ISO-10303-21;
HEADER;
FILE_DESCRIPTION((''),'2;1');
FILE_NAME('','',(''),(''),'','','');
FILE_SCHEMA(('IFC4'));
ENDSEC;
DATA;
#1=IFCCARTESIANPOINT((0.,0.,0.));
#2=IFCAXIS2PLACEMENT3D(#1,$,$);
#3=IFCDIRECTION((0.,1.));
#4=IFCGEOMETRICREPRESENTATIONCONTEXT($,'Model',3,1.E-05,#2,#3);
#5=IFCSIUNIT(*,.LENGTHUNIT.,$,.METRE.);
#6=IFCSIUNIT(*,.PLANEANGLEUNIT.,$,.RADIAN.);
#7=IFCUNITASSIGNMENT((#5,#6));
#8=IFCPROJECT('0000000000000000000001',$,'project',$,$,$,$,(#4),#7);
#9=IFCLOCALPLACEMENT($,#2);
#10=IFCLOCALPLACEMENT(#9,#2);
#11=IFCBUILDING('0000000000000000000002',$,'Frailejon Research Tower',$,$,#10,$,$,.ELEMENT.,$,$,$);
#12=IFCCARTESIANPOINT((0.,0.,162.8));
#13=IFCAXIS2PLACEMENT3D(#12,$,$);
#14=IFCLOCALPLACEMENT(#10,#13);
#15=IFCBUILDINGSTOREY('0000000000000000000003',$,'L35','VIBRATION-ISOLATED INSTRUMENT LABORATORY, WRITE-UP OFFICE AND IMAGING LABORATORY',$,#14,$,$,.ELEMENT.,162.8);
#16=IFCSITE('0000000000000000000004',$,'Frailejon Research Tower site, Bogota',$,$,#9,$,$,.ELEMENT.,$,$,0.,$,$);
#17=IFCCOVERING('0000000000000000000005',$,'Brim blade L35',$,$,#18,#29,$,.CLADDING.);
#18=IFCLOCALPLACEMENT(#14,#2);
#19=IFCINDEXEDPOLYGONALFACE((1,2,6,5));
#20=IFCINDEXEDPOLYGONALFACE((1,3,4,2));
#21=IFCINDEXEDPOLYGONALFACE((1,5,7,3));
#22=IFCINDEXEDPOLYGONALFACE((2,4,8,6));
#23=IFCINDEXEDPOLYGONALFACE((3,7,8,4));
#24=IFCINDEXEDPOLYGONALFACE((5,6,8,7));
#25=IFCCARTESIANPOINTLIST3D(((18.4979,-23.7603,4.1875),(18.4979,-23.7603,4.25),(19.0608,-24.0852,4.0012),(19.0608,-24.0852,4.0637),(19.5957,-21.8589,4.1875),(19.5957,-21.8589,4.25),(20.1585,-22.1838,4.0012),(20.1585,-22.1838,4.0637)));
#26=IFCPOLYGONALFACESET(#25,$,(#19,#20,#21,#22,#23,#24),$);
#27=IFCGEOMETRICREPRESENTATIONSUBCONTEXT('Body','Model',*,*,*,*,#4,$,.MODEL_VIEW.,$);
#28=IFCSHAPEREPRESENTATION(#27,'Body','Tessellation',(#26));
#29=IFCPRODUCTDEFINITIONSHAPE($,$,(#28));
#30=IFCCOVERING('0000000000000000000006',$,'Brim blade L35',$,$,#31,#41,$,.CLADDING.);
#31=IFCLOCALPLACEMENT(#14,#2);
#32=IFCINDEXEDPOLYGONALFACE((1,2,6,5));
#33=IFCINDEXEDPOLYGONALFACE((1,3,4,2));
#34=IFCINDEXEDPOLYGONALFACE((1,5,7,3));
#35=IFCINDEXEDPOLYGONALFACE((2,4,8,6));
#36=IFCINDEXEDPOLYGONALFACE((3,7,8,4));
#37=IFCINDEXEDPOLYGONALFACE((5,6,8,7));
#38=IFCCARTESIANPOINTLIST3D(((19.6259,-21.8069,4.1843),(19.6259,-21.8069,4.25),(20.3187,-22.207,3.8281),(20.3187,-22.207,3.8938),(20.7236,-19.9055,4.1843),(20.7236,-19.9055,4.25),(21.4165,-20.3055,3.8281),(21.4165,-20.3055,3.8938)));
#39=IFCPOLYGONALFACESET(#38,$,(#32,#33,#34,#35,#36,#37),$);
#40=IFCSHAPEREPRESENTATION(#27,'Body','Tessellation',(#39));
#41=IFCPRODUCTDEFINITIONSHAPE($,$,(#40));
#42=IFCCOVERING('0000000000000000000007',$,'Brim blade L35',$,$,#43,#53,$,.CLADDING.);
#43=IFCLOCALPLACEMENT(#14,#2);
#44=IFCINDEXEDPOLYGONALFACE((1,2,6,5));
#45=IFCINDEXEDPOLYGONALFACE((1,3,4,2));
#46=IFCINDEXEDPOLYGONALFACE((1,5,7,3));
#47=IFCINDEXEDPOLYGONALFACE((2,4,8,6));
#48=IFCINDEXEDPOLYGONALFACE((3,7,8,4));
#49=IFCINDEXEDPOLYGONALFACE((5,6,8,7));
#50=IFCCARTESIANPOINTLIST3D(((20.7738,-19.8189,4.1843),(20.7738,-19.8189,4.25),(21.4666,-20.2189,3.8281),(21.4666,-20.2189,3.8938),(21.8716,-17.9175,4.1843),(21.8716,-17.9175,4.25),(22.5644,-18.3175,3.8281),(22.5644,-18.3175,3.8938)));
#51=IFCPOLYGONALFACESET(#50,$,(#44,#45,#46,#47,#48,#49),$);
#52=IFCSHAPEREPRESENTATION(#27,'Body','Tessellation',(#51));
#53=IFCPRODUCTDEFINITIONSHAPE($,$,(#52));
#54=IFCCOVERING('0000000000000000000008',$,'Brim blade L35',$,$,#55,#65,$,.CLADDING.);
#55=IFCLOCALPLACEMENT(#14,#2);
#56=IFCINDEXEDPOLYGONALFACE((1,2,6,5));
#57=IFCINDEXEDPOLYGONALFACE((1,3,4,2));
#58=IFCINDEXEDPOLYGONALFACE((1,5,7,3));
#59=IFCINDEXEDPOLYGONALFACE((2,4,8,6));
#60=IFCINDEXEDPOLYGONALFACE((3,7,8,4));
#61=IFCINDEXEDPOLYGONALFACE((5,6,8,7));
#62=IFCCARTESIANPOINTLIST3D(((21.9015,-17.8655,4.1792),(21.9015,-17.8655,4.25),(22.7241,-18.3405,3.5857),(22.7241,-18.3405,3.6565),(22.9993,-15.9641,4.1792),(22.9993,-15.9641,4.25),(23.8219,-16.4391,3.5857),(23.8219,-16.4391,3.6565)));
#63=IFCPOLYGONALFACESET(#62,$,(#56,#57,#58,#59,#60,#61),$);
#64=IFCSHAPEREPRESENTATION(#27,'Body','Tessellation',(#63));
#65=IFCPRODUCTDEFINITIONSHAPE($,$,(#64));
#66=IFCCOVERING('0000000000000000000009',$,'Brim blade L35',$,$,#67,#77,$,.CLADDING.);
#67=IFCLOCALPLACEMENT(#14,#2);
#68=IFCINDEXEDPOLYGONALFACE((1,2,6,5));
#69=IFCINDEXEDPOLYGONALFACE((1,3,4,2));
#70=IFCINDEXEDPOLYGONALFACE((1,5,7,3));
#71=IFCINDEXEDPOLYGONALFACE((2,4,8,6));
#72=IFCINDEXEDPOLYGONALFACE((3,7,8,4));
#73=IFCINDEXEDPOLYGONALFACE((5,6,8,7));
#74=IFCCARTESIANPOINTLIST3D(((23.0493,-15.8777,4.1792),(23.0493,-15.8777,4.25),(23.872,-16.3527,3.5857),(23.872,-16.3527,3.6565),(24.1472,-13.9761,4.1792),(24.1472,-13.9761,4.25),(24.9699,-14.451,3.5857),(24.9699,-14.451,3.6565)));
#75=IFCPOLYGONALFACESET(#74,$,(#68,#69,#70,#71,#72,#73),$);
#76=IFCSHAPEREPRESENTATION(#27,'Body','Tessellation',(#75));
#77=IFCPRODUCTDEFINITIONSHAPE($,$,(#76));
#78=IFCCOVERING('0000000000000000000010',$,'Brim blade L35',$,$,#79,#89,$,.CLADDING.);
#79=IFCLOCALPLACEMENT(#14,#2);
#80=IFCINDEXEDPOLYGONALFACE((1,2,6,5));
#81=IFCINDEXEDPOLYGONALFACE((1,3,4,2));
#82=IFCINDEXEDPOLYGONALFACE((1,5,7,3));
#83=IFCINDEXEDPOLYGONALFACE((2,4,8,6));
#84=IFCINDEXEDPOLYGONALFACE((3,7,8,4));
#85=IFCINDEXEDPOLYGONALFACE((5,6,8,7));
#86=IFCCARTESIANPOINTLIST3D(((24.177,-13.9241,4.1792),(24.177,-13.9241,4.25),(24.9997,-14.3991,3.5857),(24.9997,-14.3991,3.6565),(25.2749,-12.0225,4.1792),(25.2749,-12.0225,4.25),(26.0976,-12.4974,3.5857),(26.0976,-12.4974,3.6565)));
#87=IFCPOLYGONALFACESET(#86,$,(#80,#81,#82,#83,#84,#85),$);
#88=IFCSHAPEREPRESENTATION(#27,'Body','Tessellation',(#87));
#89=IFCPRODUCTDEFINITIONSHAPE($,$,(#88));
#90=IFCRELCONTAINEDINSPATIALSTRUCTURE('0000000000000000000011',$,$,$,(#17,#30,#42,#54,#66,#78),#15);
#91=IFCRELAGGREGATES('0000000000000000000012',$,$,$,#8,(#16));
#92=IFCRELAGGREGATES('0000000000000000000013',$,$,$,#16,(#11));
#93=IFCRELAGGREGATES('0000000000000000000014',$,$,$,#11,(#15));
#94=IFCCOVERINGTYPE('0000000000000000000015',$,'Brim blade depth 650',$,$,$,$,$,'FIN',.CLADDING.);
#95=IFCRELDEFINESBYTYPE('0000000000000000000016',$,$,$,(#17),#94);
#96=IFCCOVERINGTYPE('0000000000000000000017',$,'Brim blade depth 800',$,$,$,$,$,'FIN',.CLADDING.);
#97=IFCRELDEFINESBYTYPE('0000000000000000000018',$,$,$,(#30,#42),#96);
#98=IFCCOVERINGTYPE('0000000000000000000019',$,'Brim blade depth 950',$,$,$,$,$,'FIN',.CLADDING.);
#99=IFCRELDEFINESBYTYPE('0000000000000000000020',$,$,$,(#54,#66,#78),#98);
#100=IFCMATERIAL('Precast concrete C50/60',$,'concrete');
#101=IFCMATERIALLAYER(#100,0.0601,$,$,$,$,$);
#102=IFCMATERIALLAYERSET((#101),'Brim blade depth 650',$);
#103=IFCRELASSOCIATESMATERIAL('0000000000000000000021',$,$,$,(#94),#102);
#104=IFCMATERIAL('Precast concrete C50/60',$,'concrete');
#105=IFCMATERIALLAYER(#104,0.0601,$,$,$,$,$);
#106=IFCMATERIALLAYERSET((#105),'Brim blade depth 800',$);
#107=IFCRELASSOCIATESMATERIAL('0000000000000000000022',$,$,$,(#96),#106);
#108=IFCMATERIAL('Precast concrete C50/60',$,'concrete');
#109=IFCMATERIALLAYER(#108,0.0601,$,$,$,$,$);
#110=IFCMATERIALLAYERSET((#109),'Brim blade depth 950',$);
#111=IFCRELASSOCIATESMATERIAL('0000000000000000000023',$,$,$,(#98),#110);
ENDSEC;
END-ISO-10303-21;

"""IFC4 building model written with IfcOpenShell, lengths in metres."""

from ifc_helpers import new_model, si_unit, direction, frame, origin, place, context, subcontext, project, spatial, polyline, outline, extrude, material, layer, layer_set, type_object, element, save


model = new_model("IFC4")

# Units and contexts
model_context = context("Model", 3, precision=1e-05, world=origin(), true_north=direction((0.0, 1.0)))
body_context = subcontext(model_context, "Body", "Model", "MODEL_VIEW")
ifc_project = project(units=[si_unit("LENGTHUNIT", "METRE"), si_unit("PLANEANGLEUNIT", "RADIAN")], contexts=[model_context])

# Site, building, storey
site_placement = place(None, origin())
site = spatial("IfcSite", under=ifc_project, at=site_placement, Name="Frailejon Research Tower site, Bogota", CompositionType="ELEMENT", RefElevation=0.0)
building_placement = place(site_placement, origin())
building = spatial("IfcBuilding", under=site, at=building_placement, Name="Frailejon Research Tower", CompositionType="ELEMENT")
storey_placement = place(building_placement, frame((0.0, 0.0, 162.8)))
storey = spatial("IfcBuildingStorey", under=building, at=storey_placement, Name="L35", Description="VIBRATION-ISOLATED INSTRUMENT LABORATORY, WRITE-UP OFFICE AND IMAGING LABORATORY", CompositionType="ELEMENT", Elevation=162.8)

# Coverings
ifc_material_1 = material(Name="Precast concrete C50/60", Category="concrete")
ifc_layer_1 = layer(ifc_material_1, 0.0601)
ifc_layer_set_1 = layer_set([ifc_layer_1], Name="Brim blade depth 650")
covering_type_1 = type_object("IfcCoveringType", Name="Brim blade depth 650", ElementType="FIN", PredefinedType="CLADDING", material=ifc_layer_set_1)
covering_1_placement = place(storey_placement, frame((19.5957, -21.8589, 4.25), z_axis=(-0.499996, -0.866028, 0.0), x_axis=(0.866028, -0.499996, 0.0)))
element("IfcCovering", 1, at=covering_1_placement, inside=storey, type_object=covering_type_1, Name="Brim blade L35", PredefinedType="CLADDING", context=body_context, shape_type="SweptSolid", body=[
    extrude(outline(polyline([(0.0, -0.0625), (0.6499, -0.2488), (0.6499, -0.1863), (0.0, 0.0), (0.0, -0.0625)])), origin(), (0.0, 0.0, 1.0), 2.1956),
])
ifc_material_2 = material(Name="Precast concrete C50/60", Category="concrete")
ifc_layer_2 = layer(ifc_material_2, 0.0601)
ifc_layer_set_2 = layer_set([ifc_layer_2], Name="Brim blade depth 800")
covering_type_2 = type_object("IfcCoveringType", Name="Brim blade depth 800", ElementType="FIN", PredefinedType="CLADDING", material=ifc_layer_set_2)
for number, where, z_axis, x_axis, name in (
    (2, (20.7236, -19.9055, 4.25), (-0.499996, -0.866028, 0.0), (0.866028, -0.499996, 0.0), "Brim blade L35"),
    (3, (21.8716, -17.9175, 4.25), (-0.500012, -0.866018, 0.0), (0.866018, -0.500012, 0.0), "Brim blade L35"),
):
    element("IfcCovering", number, at=place(storey_placement, frame(where, z_axis=z_axis, x_axis=x_axis)), inside=storey, type_object=covering_type_2, Name=name, PredefinedType="CLADDING", context=body_context, shape_type="SweptSolid", body=[
        extrude(outline(polyline([(0.0, -0.0657), (0.8, -0.4219), (0.8, -0.3562), (0.0, 0.0), (0.0, -0.0657)])), origin(), (0.0, 0.0, 1.0), 2.1956),
    ])
ifc_material_3 = material(Name="Precast concrete C50/60", Category="concrete")
ifc_layer_3 = layer(ifc_material_3, 0.0601)
ifc_layer_set_3 = layer_set([ifc_layer_3], Name="Brim blade depth 950")
covering_type_3 = type_object("IfcCoveringType", Name="Brim blade depth 950", ElementType="FIN", PredefinedType="CLADDING", material=ifc_layer_set_3)
covering_2_placement = place(storey_placement, frame((22.9993, -15.9641, 4.25), z_axis=(-0.500012, -0.866018, 0.0), x_axis=(0.866018, -0.500012, 0.0)))
element("IfcCovering", 4, at=covering_2_placement, inside=storey, type_object=covering_type_3, Name="Brim blade L35", PredefinedType="CLADDING", context=body_context, shape_type="SweptSolid", body=[
    extrude(outline(polyline([(0.0, -0.0708), (0.95, -0.6643), (0.95, -0.5935), (0.0, 0.0), (0.0, -0.0708)])), origin(), (0.0, 0.0, 1.0), 2.1956),
])
for number, where, z_axis, x_axis, name in (
    (5, (24.1472, -13.9761, 4.25), (-0.499986, -0.866033, 0.0), (0.866033, -0.499986, 0.0), "Brim blade L35"),
    (6, (25.2749, -12.0225, 4.25), (-0.499986, -0.866033, 0.0), (0.866033, -0.499986, 0.0), "Brim blade L35"),
):
    element("IfcCovering", number, at=place(storey_placement, frame(where, z_axis=z_axis, x_axis=x_axis)), inside=storey, type_object=covering_type_3, Name=name, PredefinedType="CLADDING", context=body_context, shape_type="SweptSolid", body=[
        extrude(outline(polyline([(0.0, -0.0708), (0.95, -0.6643), (0.95, -0.5935), (0.0, 0.0), (0.0, -0.0708)])), origin(), (0.0, 0.0, 1.0), 2.1958),
    ])

save(model, "model.ifc")
